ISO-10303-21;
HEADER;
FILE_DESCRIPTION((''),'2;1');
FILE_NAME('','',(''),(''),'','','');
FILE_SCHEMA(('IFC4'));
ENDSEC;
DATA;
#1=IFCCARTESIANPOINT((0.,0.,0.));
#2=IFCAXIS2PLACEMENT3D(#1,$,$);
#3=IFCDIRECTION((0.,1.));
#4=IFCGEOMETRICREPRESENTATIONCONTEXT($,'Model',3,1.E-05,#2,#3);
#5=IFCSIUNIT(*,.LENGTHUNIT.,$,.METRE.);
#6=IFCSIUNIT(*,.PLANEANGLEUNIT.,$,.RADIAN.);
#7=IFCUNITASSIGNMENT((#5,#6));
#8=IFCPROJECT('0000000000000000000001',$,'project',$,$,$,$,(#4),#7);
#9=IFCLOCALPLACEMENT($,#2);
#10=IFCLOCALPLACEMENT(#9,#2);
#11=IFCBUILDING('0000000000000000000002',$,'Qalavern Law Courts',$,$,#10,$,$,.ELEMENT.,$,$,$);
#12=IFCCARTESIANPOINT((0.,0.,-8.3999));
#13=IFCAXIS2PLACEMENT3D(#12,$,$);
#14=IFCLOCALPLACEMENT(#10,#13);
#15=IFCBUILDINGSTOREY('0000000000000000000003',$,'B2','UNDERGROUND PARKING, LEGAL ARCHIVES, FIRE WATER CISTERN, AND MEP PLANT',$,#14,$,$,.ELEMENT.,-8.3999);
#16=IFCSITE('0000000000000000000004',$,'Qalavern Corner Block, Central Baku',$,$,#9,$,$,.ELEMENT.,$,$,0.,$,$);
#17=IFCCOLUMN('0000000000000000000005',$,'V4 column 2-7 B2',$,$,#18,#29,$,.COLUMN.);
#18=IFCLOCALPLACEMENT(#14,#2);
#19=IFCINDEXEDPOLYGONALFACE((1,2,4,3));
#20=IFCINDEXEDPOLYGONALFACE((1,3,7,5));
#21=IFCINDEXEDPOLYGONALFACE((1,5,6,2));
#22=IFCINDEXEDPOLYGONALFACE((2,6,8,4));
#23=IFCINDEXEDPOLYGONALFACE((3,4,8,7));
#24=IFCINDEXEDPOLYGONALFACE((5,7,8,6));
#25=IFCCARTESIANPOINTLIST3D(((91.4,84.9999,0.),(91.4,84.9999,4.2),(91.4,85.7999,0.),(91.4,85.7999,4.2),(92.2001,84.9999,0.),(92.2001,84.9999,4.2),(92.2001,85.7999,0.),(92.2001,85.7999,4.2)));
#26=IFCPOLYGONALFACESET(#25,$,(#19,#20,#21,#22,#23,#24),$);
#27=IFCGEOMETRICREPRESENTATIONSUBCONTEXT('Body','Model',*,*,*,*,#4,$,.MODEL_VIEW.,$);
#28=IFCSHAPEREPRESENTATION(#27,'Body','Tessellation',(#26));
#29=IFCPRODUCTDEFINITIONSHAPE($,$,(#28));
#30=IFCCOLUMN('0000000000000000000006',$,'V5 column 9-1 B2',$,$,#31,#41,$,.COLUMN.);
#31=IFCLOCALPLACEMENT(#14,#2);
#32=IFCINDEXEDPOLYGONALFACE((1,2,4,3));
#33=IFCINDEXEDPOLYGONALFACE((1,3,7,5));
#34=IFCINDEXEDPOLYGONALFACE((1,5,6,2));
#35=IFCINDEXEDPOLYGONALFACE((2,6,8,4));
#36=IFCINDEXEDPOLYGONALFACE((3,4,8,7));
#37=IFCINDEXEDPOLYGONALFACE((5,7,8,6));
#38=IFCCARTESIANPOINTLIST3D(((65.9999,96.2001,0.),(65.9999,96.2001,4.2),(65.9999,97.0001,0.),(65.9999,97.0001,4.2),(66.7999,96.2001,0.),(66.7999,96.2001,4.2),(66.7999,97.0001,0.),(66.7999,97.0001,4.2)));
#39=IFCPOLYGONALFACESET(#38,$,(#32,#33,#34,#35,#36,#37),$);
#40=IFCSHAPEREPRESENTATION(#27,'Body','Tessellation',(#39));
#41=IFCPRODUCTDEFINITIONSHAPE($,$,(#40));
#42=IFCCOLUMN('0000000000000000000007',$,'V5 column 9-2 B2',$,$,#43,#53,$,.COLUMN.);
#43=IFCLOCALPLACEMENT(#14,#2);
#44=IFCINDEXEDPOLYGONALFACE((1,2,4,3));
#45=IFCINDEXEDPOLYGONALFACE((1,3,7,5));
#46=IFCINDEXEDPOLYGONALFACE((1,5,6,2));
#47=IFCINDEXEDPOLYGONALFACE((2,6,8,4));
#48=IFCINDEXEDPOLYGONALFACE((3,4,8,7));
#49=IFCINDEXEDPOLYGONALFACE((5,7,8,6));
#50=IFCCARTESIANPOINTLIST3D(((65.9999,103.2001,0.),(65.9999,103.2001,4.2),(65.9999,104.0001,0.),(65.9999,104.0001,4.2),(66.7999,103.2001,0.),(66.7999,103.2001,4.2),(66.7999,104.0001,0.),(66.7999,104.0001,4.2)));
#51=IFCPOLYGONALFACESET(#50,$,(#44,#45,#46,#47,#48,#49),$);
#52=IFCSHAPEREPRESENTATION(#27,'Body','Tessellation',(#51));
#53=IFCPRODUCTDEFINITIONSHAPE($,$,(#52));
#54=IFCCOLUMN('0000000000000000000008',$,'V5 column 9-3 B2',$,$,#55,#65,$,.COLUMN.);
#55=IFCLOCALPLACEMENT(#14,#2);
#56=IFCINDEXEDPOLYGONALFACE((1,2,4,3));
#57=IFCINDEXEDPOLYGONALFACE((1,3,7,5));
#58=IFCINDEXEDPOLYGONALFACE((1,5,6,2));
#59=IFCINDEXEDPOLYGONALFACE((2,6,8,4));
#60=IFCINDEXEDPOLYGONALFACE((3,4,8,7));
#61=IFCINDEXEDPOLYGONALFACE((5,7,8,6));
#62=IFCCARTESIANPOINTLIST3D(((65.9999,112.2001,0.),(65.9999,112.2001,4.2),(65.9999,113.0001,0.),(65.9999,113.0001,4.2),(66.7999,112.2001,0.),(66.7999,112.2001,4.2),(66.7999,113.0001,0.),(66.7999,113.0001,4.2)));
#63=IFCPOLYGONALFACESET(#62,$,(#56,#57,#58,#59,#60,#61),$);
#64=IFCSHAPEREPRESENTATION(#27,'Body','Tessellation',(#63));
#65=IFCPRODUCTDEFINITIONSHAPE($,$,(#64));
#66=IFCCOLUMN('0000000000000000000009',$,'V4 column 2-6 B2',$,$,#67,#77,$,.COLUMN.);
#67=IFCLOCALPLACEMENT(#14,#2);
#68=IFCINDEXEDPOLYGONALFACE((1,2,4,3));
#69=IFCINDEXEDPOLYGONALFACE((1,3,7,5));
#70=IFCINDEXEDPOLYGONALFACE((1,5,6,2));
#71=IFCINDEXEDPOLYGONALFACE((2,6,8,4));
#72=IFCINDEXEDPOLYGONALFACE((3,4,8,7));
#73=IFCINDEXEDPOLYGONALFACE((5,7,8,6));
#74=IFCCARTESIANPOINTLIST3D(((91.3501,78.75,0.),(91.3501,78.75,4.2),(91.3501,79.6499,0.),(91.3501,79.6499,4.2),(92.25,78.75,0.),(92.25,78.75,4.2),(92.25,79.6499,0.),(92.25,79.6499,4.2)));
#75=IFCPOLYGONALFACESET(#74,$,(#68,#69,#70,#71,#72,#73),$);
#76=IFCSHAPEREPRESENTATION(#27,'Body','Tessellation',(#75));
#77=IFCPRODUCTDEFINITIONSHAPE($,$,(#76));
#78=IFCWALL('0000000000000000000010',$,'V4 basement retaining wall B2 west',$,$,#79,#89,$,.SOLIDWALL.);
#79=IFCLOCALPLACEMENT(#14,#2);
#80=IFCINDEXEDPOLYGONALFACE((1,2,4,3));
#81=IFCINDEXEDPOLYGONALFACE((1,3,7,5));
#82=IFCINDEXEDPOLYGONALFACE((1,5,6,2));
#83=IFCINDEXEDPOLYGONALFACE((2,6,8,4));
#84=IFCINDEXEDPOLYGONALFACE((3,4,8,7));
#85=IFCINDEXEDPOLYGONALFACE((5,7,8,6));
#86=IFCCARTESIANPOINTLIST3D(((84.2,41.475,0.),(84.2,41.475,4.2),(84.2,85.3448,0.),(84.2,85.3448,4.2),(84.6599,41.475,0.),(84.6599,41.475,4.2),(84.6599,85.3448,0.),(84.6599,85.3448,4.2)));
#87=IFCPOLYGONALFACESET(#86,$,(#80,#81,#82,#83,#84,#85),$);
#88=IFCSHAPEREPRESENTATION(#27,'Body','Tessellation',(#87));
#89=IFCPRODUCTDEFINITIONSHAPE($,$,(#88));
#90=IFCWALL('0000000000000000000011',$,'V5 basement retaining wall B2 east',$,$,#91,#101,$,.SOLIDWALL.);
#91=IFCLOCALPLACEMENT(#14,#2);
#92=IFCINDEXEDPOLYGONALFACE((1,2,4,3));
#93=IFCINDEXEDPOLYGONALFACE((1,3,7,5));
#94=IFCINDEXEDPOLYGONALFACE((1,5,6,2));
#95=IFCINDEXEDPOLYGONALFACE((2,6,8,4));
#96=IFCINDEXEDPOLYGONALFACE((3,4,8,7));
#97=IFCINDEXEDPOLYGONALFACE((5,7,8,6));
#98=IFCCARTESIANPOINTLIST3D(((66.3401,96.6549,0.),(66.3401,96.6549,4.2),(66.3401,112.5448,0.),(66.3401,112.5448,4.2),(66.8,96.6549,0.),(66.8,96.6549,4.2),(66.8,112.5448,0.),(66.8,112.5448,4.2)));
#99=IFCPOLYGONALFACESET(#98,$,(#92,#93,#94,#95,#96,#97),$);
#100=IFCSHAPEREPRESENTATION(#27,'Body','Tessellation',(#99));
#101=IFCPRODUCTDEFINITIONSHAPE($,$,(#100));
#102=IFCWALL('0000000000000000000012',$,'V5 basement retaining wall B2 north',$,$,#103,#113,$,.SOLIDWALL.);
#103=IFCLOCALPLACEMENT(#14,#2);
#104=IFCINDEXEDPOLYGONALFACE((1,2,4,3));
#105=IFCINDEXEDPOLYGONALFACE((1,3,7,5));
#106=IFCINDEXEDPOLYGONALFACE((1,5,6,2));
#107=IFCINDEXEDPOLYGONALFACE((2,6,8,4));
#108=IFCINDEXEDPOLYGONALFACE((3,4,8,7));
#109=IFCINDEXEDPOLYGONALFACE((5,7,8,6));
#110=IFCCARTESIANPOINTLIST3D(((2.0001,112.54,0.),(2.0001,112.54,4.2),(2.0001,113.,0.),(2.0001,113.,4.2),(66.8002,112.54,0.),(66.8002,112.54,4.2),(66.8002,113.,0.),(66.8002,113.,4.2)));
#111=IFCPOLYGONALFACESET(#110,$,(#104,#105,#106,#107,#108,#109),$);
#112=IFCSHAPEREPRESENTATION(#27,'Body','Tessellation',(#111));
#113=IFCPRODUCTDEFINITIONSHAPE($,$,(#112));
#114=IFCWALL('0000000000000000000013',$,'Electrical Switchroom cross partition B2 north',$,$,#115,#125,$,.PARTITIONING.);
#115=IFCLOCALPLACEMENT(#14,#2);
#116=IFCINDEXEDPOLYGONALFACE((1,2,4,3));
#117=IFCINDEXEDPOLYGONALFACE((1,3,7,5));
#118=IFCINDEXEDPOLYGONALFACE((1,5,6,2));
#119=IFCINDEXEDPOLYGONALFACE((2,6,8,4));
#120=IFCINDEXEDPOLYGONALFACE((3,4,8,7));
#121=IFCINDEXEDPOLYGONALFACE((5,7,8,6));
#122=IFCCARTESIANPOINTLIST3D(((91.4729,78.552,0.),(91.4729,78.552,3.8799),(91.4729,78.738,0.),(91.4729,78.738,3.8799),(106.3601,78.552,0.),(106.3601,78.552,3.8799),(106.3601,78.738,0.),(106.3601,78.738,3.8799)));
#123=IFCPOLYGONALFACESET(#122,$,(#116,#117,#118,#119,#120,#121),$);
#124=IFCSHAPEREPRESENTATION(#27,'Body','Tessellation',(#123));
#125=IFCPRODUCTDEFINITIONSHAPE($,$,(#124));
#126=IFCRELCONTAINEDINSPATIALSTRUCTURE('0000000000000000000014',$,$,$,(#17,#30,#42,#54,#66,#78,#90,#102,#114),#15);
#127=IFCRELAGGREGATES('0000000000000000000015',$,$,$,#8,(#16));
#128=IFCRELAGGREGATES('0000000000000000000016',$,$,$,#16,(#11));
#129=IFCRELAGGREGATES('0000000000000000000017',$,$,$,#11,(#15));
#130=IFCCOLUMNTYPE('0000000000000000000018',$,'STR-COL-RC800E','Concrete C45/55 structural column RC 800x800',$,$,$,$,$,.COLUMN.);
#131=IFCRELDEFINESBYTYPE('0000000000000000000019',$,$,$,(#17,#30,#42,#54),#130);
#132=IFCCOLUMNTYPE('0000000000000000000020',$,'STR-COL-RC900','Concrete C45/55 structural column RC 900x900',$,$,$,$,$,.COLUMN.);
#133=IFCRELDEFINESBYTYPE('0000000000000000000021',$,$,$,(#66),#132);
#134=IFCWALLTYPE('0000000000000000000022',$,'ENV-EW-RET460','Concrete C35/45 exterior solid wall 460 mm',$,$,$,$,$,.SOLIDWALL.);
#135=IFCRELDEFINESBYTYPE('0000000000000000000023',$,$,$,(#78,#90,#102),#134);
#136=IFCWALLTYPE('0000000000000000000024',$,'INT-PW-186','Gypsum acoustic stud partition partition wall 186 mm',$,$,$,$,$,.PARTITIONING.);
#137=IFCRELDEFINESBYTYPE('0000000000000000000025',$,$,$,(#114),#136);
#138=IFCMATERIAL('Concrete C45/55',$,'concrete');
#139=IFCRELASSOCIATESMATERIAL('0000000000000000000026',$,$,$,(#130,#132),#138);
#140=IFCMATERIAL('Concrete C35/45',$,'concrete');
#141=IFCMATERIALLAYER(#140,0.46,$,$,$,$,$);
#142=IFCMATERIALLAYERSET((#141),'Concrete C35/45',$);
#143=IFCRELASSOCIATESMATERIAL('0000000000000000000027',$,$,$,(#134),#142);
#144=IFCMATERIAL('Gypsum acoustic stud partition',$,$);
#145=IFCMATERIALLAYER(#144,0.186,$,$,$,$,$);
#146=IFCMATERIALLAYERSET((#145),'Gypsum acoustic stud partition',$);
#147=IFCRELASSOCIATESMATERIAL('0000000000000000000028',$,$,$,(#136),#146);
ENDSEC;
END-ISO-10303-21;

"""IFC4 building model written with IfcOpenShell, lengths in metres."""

from ifc_helpers import new_model, si_unit, direction, frame, frame_2d, origin, origin_2d, place, context, subcontext, project, spatial, rectangle, extrude, material, layer, layer_set, material_profile, profile_set, type_object, element, save


model = new_model("IFC4")

# Units and contexts
model_context = context("Model", 3, precision=1e-05, world=origin(), true_north=direction((0.0, 1.0)))
body_context = subcontext(model_context, "Body", "Model", "MODEL_VIEW")
ifc_project = project(units=[si_unit("LENGTHUNIT", "METRE"), si_unit("PLANEANGLEUNIT", "RADIAN")], contexts=[model_context])

# Site, building, storey
site_placement = place(None, origin())
site = spatial("IfcSite", under=ifc_project, at=site_placement, Name="Qalavern Corner Block, Central Baku", CompositionType="ELEMENT", RefElevation=0.0)
building_placement = place(site_placement, origin())
building = spatial("IfcBuilding", under=site, at=building_placement, Name="Qalavern Law Courts", CompositionType="ELEMENT")
storey_placement = place(building_placement, frame((0.0, 0.0, -8.3999)))
storey = spatial("IfcBuildingStorey", under=building, at=storey_placement, Name="B2", Description="UNDERGROUND PARKING, LEGAL ARCHIVES, FIRE WATER CISTERN, AND MEP PLANT", CompositionType="ELEMENT", Elevation=-8.3999)

# Shared definitions
ifc_material_1 = material(Name="Concrete C35/45", Category="concrete")

# Columns
ifc_material_2 = material(Name="Concrete C45/55", Category="concrete")
ifc_material_profile_1 = material_profile(ifc_material_2, rectangle(XDim=0.8, YDim=0.8, at=origin_2d()), Name="RC 800x800")
ifc_profile_set_1 = profile_set([ifc_material_profile_1], Name="Concrete C45/55")
column_type_1 = type_object("IfcColumnType", Name="STR-COL-RC800E", Description="Concrete C45/55 structural column RC 800x800", PredefinedType="COLUMN", material=ifc_profile_set_1)
for number, where, z_axis, x_axis, name in (
    (1, (91.8, 85.3999, 0.0), (0.0, 0.0, 1.0), (1.0, 0.0, 0.0), "V4 column 2-7 B2"),
    (2, (66.3999, 96.6001, 0.0), (0.0, 0.0, 1.0), (1.0, 0.0, 0.0), "V5 column 9-1 B2"),
    (3, (66.3999, 103.6001, 0.0), (0.0, 0.0, 1.0), (1.0, 0.0, 0.0), "V5 column 9-2 B2"),
    (4, (66.3999, 112.6001, 0.0), (0.0, 0.0, 1.0), (1.0, 0.0, 0.0), "V5 column 9-3 B2"),
):
    element("IfcColumn", number, at=place(storey_placement, frame(where, z_axis=z_axis, x_axis=x_axis)), inside=storey, type_object=column_type_1, Name=name, PredefinedType="COLUMN", context=body_context, shape_type="SweptSolid", body=[
        extrude(rectangle(XDim=0.8, YDim=0.8, at=origin_2d()), origin(), (0.0, 0.0, 1.0), 4.2),
    ])
ifc_material_profile_2 = material_profile(ifc_material_2, rectangle(XDim=0.8999, YDim=0.8999, at=origin_2d()), Name="RC 900x900")
ifc_profile_set_2 = profile_set([ifc_material_profile_2], Name="Concrete C45/55")
column_type_2 = type_object("IfcColumnType", Name="STR-COL-RC900", Description="Concrete C45/55 structural column RC 900x900", PredefinedType="COLUMN", material=ifc_profile_set_2)
column_placement = place(storey_placement, frame((91.8, 79.2, 0.0), z_axis=(0.0, 0.0, 1.0), x_axis=(1.0, 0.0, 0.0)))
element("IfcColumn", 5, at=column_placement, inside=storey, type_object=column_type_2, Name="V4 column 2-6 B2", PredefinedType="COLUMN", context=body_context, shape_type="SweptSolid", body=[
    extrude(rectangle(XDim=0.8999, YDim=0.8999, at=origin_2d()), origin(), (0.0, 0.0, 1.0), 4.2),
])

# Walls
ifc_layer_1 = layer(ifc_material_1, 0.46)
ifc_layer_set_1 = layer_set([ifc_layer_1], Name="Concrete C35/45")
wall_type_1 = type_object("IfcWallType", Name="ENV-EW-RET460", Description="Concrete C35/45 exterior solid wall 460 mm", PredefinedType="SOLIDWALL", material=ifc_layer_set_1)
wall_1_placement = place(storey_placement, frame((84.4299, 85.345, 0.0), z_axis=(0.0, 0.0, 1.0), x_axis=(0.0, -1.0, 0.0)))
element("IfcWall", 6, at=wall_1_placement, inside=storey, type_object=wall_type_1, Name="V4 basement retaining wall B2 west", PredefinedType="SOLIDWALL", context=body_context, shape_type="SweptSolid", body=[
    extrude(rectangle(XDim=43.8699, YDim=0.46, at=frame_2d((21.9351, 0.0))), origin(), (0.0, 0.0, 1.0), 4.2),
])
wall_2_placement = place(storey_placement, frame((66.5701, 96.655, 0.0), z_axis=(0.0, 0.0, 1.0), x_axis=(0.0, 1.0, 0.0)))
element("IfcWall", 7, at=wall_2_placement, inside=storey, type_object=wall_type_1, Name="V5 basement retaining wall B2 east", PredefinedType="SOLIDWALL", context=body_context, shape_type="SweptSolid", body=[
    extrude(rectangle(XDim=15.8899, YDim=0.46, at=frame_2d((7.9448, 0.0))), origin(), (0.0, 0.0, 1.0), 4.2),
])
wall_3_placement = place(storey_placement, frame((66.8, 112.77, 0.0), z_axis=(0.0, 0.0, 1.0), x_axis=(-1.0, 0.0, 0.0)))
element("IfcWall", 8, at=wall_3_placement, inside=storey, type_object=wall_type_1, Name="V5 basement retaining wall B2 north", PredefinedType="SOLIDWALL", context=body_context, shape_type="SweptSolid", body=[
    extrude(rectangle(XDim=64.8, YDim=0.46, at=frame_2d((32.3999, 0.0))), origin(), (0.0, 0.0, 1.0), 4.2),
])
ifc_material_3 = material(Name="Gypsum acoustic stud partition")
ifc_layer_2 = layer(ifc_material_3, 0.186)
ifc_layer_set_2 = layer_set([ifc_layer_2], Name="Gypsum acoustic stud partition")
wall_type_2 = type_object("IfcWallType", Name="INT-PW-186", Description="Gypsum acoustic stud partition partition wall 186 mm", PredefinedType="PARTITIONING", material=ifc_layer_set_2)
wall_4_placement = place(storey_placement, frame((91.4729, 78.645, 0.0), z_axis=(0.0, 0.0, 1.0), x_axis=(1.0, 0.0, 0.0)))
element("IfcWall", 9, at=wall_4_placement, inside=storey, type_object=wall_type_2, Name="Electrical Switchroom cross partition B2 north", PredefinedType="PARTITIONING", context=body_context, shape_type="SweptSolid", body=[
    extrude(rectangle(XDim=14.8872, YDim=0.186, at=frame_2d((7.4436, 0.0))), origin(), (0.0, 0.0, 1.0), 3.8799),
])

save(model, "model.ifc")
